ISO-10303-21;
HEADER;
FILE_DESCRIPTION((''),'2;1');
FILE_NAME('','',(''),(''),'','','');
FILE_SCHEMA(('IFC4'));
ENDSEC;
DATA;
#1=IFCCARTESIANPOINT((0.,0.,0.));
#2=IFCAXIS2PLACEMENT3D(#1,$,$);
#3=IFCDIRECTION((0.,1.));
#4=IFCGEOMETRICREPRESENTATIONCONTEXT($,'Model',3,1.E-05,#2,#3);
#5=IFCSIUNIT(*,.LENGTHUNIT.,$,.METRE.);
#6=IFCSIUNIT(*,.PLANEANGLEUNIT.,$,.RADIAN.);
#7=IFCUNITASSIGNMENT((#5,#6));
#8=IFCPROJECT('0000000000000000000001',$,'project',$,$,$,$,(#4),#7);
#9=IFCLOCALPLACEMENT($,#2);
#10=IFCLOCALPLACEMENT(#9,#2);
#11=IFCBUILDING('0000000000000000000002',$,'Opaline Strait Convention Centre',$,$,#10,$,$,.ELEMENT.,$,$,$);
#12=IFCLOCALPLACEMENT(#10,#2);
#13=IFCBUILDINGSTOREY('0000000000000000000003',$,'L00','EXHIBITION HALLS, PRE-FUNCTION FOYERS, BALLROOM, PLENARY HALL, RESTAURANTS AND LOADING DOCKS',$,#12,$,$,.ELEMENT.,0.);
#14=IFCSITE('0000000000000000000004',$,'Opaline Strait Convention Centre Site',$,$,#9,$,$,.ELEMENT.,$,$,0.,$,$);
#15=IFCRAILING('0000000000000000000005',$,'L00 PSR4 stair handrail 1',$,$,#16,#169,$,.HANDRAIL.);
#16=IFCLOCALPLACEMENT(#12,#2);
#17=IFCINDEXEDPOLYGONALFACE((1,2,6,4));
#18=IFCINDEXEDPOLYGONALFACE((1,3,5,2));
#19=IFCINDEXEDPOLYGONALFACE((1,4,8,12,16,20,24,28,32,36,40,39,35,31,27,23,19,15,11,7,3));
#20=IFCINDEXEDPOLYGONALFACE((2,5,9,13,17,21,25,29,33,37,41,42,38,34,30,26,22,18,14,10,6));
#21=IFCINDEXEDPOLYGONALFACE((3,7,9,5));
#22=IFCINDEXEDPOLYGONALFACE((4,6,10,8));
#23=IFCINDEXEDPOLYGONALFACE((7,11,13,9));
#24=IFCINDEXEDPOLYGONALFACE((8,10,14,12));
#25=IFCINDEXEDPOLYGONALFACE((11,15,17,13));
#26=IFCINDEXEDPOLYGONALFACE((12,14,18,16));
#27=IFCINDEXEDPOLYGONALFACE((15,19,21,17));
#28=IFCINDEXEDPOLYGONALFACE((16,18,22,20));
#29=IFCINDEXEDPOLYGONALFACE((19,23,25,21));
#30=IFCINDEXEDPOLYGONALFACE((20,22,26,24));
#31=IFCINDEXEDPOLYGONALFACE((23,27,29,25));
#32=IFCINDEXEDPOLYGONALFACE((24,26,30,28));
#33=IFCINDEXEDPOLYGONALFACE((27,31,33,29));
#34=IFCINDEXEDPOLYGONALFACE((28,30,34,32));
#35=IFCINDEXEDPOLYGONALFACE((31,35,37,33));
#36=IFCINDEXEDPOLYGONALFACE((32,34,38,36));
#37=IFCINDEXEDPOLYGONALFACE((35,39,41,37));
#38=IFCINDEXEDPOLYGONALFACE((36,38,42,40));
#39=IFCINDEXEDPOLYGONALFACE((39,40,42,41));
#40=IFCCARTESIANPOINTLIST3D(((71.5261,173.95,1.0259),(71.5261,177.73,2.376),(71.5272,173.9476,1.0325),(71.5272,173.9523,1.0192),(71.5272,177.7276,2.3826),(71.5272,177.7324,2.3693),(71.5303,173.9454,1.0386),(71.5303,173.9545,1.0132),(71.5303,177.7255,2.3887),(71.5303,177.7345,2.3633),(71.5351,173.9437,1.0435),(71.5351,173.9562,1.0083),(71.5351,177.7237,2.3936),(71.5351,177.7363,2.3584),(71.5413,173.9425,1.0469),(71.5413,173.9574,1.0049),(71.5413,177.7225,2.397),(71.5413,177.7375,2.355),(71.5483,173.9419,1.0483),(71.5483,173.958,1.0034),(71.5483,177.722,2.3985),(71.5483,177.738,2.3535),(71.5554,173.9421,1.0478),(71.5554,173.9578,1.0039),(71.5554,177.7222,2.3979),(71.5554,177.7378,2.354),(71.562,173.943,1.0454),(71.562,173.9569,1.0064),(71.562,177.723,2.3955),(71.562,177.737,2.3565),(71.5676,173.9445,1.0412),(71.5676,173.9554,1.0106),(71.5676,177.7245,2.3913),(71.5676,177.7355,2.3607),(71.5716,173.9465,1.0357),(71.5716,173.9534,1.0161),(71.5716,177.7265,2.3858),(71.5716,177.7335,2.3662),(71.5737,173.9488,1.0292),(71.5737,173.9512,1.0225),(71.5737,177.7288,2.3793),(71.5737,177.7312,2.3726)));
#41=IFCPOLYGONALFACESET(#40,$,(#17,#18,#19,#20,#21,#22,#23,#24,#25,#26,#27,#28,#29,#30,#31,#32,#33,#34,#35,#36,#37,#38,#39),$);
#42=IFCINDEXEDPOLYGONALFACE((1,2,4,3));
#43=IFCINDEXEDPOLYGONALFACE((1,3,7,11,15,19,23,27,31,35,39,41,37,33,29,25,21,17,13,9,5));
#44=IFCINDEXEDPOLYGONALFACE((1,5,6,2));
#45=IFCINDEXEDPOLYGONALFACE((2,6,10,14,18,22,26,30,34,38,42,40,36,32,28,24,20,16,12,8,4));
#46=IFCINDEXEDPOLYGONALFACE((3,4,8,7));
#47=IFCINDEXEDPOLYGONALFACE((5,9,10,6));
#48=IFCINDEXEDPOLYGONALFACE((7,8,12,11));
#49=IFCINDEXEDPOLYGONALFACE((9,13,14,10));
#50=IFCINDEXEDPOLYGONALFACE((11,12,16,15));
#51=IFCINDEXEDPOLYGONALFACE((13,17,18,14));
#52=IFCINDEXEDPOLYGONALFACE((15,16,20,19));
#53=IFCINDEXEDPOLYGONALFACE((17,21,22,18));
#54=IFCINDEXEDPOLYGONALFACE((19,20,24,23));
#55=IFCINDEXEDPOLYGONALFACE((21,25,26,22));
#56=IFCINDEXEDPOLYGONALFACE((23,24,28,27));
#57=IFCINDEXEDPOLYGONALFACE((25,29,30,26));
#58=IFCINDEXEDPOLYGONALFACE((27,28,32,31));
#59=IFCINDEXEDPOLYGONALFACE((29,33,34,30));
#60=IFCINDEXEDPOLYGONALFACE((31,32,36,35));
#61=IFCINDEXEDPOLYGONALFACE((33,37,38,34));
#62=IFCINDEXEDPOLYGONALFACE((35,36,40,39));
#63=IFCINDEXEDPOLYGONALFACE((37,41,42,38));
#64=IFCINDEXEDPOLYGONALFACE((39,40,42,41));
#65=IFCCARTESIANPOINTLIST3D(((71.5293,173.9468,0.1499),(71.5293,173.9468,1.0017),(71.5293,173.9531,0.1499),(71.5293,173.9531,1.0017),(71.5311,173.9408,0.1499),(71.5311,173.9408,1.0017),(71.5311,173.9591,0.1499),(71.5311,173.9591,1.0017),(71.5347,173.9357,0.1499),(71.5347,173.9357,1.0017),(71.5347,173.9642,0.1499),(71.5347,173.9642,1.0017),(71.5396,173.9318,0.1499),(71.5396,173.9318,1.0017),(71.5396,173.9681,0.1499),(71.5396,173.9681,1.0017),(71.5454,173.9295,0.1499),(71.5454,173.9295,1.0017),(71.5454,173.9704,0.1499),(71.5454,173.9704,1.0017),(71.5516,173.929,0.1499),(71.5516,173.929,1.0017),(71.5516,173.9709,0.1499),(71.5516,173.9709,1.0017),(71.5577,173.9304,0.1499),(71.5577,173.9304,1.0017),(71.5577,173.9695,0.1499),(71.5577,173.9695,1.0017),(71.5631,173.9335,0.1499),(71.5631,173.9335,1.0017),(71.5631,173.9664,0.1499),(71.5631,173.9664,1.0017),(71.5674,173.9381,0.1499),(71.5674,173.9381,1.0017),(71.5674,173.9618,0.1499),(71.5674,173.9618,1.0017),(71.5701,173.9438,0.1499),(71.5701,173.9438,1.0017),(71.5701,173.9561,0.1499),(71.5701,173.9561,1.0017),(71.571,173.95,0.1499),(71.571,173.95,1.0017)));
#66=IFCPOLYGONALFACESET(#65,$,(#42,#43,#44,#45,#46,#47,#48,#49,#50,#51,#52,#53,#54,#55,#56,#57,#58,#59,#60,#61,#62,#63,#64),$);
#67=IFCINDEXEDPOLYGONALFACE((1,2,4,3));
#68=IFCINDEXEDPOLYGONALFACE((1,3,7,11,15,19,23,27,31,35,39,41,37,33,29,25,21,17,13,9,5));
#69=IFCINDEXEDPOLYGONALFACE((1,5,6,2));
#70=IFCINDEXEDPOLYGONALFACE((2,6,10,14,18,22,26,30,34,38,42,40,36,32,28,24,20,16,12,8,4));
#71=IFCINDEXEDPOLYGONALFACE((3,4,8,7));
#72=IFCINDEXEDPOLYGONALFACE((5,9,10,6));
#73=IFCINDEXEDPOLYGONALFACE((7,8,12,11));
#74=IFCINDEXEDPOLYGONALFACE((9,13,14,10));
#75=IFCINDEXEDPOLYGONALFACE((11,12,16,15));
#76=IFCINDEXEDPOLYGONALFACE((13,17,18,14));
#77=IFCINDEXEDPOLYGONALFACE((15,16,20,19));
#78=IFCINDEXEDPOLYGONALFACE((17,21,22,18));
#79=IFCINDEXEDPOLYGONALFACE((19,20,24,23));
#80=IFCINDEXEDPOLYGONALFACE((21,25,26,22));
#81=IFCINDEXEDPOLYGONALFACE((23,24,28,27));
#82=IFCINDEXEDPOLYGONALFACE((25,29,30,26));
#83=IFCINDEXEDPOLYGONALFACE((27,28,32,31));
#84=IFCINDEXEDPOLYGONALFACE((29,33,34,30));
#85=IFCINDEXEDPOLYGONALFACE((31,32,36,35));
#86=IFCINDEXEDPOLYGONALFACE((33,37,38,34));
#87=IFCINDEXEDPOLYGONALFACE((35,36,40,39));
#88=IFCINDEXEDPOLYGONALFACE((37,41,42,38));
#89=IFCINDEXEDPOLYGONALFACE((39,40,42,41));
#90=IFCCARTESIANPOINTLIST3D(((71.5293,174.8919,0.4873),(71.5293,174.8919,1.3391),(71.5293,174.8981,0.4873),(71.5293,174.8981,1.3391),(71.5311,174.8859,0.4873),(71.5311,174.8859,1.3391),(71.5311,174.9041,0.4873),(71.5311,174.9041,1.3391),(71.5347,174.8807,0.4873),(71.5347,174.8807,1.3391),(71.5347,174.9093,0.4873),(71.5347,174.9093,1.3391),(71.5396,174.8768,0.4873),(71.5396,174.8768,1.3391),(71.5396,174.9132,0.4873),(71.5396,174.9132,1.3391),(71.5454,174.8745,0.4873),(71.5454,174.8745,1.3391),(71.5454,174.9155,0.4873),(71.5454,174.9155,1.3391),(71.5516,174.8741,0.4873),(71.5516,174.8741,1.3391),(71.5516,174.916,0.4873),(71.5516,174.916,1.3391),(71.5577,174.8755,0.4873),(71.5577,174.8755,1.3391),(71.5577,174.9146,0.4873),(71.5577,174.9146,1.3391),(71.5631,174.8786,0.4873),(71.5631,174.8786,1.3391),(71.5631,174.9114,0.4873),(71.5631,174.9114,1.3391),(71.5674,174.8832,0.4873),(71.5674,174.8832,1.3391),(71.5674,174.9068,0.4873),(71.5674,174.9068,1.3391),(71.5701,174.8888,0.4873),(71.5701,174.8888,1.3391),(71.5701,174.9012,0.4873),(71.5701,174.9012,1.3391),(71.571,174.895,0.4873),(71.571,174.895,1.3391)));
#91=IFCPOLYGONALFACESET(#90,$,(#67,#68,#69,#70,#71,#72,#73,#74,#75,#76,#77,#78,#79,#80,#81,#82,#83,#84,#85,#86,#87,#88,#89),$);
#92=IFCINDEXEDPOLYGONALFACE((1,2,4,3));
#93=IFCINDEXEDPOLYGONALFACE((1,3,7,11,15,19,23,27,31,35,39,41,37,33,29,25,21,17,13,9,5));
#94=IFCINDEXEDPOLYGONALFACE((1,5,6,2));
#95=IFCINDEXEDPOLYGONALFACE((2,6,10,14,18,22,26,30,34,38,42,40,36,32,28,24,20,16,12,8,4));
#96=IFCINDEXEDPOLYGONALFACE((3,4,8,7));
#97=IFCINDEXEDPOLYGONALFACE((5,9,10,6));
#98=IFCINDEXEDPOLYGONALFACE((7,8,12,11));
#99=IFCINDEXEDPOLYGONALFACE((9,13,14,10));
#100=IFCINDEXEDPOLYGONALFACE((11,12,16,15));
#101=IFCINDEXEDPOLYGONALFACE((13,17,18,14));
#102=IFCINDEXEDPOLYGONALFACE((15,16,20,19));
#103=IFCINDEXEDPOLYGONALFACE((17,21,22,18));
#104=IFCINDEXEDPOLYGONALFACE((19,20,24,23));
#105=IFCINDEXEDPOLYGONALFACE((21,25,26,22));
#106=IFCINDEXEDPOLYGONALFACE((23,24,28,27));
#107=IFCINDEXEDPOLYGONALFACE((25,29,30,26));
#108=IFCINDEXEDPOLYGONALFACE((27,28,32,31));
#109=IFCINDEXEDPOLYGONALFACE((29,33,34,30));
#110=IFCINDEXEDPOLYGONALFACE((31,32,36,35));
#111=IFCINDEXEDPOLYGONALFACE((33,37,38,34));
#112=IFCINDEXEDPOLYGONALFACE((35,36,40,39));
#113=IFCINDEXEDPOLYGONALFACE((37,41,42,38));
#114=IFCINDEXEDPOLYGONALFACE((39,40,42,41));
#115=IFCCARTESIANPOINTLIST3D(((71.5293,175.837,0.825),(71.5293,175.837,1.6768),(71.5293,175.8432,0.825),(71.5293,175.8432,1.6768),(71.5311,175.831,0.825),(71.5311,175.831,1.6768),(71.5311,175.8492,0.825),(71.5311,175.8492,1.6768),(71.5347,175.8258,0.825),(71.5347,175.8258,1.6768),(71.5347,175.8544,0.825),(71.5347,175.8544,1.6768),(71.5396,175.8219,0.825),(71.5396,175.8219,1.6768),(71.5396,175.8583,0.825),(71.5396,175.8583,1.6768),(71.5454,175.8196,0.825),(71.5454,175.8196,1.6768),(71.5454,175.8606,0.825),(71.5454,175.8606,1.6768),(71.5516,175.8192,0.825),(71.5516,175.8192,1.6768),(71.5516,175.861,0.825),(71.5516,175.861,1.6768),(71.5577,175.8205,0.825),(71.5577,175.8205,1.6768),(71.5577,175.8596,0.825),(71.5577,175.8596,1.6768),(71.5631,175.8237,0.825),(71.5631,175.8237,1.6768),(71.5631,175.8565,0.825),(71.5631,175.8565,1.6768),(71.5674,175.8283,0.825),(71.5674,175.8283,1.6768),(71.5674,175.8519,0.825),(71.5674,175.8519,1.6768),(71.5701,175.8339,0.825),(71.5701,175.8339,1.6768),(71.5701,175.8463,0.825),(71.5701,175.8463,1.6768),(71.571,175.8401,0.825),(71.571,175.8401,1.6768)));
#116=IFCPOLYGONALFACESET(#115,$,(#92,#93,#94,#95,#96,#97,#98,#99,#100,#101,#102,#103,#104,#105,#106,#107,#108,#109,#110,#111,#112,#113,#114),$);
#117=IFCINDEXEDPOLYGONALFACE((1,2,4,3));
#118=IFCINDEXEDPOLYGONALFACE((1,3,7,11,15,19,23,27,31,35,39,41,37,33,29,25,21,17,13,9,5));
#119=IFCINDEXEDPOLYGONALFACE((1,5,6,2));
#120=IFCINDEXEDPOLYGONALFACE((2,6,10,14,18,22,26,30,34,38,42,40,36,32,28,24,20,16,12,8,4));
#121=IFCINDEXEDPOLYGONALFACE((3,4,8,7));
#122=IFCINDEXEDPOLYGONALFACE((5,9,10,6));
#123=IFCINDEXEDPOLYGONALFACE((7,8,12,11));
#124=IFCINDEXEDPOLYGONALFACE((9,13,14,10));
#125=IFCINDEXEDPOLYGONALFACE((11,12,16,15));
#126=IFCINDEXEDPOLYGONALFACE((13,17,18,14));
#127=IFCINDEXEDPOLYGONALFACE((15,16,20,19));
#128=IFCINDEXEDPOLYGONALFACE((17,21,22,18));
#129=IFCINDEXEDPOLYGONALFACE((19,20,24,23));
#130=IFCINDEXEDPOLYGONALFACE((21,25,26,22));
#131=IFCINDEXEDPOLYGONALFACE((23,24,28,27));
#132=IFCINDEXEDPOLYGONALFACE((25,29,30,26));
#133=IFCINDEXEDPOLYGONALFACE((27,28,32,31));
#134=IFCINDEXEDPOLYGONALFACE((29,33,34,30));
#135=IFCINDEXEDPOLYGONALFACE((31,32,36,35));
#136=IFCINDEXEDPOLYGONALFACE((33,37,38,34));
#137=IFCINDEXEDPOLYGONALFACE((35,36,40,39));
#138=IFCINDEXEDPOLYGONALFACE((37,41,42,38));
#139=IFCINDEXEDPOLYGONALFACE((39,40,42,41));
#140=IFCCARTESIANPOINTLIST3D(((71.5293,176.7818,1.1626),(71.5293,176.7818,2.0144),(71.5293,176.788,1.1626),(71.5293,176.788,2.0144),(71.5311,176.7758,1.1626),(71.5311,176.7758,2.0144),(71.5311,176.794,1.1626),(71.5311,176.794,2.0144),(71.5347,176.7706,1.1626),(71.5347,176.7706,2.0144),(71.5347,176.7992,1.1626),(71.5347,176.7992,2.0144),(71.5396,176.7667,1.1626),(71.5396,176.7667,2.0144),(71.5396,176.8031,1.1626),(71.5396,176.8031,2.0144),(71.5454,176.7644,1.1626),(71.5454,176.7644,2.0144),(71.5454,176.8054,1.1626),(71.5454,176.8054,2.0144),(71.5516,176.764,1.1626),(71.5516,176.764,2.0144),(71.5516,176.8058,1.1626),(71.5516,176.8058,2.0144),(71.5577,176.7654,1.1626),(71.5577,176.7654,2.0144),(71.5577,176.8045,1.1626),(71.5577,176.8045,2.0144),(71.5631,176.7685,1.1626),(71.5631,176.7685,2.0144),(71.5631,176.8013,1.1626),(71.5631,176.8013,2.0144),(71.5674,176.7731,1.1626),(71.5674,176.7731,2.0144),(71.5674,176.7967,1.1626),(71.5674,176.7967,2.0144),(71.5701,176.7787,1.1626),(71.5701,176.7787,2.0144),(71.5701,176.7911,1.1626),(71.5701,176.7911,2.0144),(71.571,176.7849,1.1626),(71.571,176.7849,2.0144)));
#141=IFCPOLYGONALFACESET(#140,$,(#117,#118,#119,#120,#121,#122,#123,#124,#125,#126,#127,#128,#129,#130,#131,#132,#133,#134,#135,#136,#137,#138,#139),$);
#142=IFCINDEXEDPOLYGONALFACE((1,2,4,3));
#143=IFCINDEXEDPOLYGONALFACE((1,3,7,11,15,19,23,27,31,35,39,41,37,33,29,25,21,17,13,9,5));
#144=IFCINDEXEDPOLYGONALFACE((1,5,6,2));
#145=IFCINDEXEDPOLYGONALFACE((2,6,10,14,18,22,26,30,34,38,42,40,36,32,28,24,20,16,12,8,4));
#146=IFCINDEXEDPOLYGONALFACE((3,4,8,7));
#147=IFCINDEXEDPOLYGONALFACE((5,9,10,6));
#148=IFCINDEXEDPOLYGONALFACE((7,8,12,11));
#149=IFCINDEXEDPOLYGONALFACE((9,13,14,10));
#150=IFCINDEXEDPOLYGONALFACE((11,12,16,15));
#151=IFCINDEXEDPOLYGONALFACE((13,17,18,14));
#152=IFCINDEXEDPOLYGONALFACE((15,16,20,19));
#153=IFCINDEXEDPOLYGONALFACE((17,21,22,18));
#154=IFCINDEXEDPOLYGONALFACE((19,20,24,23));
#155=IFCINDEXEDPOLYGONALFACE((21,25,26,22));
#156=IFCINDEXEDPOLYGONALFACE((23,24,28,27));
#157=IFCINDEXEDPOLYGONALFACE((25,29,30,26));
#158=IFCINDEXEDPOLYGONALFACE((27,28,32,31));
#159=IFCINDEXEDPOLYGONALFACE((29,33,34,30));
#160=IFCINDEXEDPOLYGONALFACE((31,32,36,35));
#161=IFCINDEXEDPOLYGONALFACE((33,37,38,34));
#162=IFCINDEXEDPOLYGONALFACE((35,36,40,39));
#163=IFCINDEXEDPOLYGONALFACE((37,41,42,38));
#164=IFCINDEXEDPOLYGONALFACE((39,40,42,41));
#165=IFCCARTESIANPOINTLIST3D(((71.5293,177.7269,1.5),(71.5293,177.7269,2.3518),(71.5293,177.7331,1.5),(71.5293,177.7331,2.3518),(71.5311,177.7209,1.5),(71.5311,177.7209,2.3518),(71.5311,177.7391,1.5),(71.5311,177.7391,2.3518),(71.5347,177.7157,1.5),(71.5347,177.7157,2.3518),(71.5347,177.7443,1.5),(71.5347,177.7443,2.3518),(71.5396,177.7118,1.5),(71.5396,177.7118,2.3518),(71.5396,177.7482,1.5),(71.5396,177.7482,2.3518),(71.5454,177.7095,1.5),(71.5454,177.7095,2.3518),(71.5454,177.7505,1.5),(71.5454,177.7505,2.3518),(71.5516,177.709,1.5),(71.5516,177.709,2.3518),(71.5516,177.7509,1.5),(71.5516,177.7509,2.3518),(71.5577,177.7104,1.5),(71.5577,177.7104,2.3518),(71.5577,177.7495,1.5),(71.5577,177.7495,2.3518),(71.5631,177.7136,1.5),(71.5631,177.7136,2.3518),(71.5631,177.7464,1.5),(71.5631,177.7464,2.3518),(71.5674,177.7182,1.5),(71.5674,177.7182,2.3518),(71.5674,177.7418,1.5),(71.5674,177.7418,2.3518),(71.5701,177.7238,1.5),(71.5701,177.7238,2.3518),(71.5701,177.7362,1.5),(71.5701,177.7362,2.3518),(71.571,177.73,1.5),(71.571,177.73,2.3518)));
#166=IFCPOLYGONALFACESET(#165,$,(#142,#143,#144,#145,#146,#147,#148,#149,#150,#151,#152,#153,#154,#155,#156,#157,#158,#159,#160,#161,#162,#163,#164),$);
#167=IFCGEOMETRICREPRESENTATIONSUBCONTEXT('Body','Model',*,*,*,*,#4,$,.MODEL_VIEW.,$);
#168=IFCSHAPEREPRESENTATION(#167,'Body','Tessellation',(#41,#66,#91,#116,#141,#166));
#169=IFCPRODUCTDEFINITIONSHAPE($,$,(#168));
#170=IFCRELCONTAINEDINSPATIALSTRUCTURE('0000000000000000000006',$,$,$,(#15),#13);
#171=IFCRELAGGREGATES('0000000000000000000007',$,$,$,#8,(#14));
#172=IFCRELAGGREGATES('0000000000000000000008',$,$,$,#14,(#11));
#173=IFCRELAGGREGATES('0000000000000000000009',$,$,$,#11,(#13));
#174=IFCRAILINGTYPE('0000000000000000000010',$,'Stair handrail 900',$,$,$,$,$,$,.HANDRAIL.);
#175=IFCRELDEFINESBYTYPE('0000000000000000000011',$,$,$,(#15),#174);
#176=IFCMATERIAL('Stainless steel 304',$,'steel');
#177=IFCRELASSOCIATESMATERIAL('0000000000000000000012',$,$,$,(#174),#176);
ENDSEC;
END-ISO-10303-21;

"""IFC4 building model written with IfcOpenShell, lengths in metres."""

from ifc_helpers import new_model, si_unit, direction, frame, origin, origin_2d, place, context, subcontext, project, spatial, circle, extrude, material, type_object, element, save


model = new_model("IFC4")

# Units and contexts
model_context = context("Model", 3, precision=1e-05, world=origin(), true_north=direction((0.0, 1.0)))
body_context = subcontext(model_context, "Body", "Model", "MODEL_VIEW")
ifc_project = project(units=[si_unit("LENGTHUNIT", "METRE"), si_unit("PLANEANGLEUNIT", "RADIAN")], contexts=[model_context])

# Site, building, storey
site_placement = place(None, origin())
site = spatial("IfcSite", under=ifc_project, at=site_placement, Name="Opaline Strait Convention Centre Site", CompositionType="ELEMENT", RefElevation=0.0)
building_placement = place(site_placement, origin())
building = spatial("IfcBuilding", under=site, at=building_placement, Name="Opaline Strait Convention Centre", CompositionType="ELEMENT")
storey_placement = place(building_placement, origin())
storey = spatial("IfcBuildingStorey", under=building, at=storey_placement, Name="L00", Description="EXHIBITION HALLS, PRE-FUNCTION FOYERS, BALLROOM, PLENARY HALL, RESTAURANTS AND LOADING DOCKS", CompositionType="ELEMENT", Elevation=0.0)

# Railing
ifc_material_1 = material(Name="Stainless steel 304", Category="steel")
railing_type_1 = type_object("IfcRailingType", Name="Stair handrail 900", PredefinedType="HANDRAIL", material=ifc_material_1)
for number, where, name in (
    (1, (71.55, 173.95, 0.1499), "L00 PSR4 stair handrail 1"),
):
    element("IfcRailing", number, at=place(storey_placement, frame(where)), inside=storey, type_object=railing_type_1, Name=name, PredefinedType="HANDRAIL", context=body_context, shape_type="SweptSolid", body=[
        extrude(circle(Radius=0.0239, at=origin_2d()), frame((0.0, 0.0, 0.876), z_axis=(0.0, 0.941735, 0.336356), x_axis=(-1.0, 0.0, 0.0)), (0.0, 0.0, 1.0), 4.0139),
        extrude(circle(Radius=0.021, at=origin_2d()), origin(), (0.0, 0.0, 1.0), 0.8518),
        extrude(circle(Radius=0.021, at=origin_2d()), frame((0.0, 0.9451, 0.3374)), (0.0, 0.0, 1.0), 0.8518),
        extrude(circle(Radius=0.021, at=origin_2d()), frame((0.0, 1.8901, 0.675)), (0.0, 0.0, 1.0), 0.8518),
        extrude(circle(Radius=0.021, at=origin_2d()), frame((0.0, 2.835, 1.0127)), (0.0, 0.0, 1.0), 0.8518),
        extrude(circle(Radius=0.021, at=origin_2d()), frame((0.0, 3.78, 1.3501)), (0.0, 0.0, 1.0), 0.8518),
    ])

save(model, "model.ifc")
